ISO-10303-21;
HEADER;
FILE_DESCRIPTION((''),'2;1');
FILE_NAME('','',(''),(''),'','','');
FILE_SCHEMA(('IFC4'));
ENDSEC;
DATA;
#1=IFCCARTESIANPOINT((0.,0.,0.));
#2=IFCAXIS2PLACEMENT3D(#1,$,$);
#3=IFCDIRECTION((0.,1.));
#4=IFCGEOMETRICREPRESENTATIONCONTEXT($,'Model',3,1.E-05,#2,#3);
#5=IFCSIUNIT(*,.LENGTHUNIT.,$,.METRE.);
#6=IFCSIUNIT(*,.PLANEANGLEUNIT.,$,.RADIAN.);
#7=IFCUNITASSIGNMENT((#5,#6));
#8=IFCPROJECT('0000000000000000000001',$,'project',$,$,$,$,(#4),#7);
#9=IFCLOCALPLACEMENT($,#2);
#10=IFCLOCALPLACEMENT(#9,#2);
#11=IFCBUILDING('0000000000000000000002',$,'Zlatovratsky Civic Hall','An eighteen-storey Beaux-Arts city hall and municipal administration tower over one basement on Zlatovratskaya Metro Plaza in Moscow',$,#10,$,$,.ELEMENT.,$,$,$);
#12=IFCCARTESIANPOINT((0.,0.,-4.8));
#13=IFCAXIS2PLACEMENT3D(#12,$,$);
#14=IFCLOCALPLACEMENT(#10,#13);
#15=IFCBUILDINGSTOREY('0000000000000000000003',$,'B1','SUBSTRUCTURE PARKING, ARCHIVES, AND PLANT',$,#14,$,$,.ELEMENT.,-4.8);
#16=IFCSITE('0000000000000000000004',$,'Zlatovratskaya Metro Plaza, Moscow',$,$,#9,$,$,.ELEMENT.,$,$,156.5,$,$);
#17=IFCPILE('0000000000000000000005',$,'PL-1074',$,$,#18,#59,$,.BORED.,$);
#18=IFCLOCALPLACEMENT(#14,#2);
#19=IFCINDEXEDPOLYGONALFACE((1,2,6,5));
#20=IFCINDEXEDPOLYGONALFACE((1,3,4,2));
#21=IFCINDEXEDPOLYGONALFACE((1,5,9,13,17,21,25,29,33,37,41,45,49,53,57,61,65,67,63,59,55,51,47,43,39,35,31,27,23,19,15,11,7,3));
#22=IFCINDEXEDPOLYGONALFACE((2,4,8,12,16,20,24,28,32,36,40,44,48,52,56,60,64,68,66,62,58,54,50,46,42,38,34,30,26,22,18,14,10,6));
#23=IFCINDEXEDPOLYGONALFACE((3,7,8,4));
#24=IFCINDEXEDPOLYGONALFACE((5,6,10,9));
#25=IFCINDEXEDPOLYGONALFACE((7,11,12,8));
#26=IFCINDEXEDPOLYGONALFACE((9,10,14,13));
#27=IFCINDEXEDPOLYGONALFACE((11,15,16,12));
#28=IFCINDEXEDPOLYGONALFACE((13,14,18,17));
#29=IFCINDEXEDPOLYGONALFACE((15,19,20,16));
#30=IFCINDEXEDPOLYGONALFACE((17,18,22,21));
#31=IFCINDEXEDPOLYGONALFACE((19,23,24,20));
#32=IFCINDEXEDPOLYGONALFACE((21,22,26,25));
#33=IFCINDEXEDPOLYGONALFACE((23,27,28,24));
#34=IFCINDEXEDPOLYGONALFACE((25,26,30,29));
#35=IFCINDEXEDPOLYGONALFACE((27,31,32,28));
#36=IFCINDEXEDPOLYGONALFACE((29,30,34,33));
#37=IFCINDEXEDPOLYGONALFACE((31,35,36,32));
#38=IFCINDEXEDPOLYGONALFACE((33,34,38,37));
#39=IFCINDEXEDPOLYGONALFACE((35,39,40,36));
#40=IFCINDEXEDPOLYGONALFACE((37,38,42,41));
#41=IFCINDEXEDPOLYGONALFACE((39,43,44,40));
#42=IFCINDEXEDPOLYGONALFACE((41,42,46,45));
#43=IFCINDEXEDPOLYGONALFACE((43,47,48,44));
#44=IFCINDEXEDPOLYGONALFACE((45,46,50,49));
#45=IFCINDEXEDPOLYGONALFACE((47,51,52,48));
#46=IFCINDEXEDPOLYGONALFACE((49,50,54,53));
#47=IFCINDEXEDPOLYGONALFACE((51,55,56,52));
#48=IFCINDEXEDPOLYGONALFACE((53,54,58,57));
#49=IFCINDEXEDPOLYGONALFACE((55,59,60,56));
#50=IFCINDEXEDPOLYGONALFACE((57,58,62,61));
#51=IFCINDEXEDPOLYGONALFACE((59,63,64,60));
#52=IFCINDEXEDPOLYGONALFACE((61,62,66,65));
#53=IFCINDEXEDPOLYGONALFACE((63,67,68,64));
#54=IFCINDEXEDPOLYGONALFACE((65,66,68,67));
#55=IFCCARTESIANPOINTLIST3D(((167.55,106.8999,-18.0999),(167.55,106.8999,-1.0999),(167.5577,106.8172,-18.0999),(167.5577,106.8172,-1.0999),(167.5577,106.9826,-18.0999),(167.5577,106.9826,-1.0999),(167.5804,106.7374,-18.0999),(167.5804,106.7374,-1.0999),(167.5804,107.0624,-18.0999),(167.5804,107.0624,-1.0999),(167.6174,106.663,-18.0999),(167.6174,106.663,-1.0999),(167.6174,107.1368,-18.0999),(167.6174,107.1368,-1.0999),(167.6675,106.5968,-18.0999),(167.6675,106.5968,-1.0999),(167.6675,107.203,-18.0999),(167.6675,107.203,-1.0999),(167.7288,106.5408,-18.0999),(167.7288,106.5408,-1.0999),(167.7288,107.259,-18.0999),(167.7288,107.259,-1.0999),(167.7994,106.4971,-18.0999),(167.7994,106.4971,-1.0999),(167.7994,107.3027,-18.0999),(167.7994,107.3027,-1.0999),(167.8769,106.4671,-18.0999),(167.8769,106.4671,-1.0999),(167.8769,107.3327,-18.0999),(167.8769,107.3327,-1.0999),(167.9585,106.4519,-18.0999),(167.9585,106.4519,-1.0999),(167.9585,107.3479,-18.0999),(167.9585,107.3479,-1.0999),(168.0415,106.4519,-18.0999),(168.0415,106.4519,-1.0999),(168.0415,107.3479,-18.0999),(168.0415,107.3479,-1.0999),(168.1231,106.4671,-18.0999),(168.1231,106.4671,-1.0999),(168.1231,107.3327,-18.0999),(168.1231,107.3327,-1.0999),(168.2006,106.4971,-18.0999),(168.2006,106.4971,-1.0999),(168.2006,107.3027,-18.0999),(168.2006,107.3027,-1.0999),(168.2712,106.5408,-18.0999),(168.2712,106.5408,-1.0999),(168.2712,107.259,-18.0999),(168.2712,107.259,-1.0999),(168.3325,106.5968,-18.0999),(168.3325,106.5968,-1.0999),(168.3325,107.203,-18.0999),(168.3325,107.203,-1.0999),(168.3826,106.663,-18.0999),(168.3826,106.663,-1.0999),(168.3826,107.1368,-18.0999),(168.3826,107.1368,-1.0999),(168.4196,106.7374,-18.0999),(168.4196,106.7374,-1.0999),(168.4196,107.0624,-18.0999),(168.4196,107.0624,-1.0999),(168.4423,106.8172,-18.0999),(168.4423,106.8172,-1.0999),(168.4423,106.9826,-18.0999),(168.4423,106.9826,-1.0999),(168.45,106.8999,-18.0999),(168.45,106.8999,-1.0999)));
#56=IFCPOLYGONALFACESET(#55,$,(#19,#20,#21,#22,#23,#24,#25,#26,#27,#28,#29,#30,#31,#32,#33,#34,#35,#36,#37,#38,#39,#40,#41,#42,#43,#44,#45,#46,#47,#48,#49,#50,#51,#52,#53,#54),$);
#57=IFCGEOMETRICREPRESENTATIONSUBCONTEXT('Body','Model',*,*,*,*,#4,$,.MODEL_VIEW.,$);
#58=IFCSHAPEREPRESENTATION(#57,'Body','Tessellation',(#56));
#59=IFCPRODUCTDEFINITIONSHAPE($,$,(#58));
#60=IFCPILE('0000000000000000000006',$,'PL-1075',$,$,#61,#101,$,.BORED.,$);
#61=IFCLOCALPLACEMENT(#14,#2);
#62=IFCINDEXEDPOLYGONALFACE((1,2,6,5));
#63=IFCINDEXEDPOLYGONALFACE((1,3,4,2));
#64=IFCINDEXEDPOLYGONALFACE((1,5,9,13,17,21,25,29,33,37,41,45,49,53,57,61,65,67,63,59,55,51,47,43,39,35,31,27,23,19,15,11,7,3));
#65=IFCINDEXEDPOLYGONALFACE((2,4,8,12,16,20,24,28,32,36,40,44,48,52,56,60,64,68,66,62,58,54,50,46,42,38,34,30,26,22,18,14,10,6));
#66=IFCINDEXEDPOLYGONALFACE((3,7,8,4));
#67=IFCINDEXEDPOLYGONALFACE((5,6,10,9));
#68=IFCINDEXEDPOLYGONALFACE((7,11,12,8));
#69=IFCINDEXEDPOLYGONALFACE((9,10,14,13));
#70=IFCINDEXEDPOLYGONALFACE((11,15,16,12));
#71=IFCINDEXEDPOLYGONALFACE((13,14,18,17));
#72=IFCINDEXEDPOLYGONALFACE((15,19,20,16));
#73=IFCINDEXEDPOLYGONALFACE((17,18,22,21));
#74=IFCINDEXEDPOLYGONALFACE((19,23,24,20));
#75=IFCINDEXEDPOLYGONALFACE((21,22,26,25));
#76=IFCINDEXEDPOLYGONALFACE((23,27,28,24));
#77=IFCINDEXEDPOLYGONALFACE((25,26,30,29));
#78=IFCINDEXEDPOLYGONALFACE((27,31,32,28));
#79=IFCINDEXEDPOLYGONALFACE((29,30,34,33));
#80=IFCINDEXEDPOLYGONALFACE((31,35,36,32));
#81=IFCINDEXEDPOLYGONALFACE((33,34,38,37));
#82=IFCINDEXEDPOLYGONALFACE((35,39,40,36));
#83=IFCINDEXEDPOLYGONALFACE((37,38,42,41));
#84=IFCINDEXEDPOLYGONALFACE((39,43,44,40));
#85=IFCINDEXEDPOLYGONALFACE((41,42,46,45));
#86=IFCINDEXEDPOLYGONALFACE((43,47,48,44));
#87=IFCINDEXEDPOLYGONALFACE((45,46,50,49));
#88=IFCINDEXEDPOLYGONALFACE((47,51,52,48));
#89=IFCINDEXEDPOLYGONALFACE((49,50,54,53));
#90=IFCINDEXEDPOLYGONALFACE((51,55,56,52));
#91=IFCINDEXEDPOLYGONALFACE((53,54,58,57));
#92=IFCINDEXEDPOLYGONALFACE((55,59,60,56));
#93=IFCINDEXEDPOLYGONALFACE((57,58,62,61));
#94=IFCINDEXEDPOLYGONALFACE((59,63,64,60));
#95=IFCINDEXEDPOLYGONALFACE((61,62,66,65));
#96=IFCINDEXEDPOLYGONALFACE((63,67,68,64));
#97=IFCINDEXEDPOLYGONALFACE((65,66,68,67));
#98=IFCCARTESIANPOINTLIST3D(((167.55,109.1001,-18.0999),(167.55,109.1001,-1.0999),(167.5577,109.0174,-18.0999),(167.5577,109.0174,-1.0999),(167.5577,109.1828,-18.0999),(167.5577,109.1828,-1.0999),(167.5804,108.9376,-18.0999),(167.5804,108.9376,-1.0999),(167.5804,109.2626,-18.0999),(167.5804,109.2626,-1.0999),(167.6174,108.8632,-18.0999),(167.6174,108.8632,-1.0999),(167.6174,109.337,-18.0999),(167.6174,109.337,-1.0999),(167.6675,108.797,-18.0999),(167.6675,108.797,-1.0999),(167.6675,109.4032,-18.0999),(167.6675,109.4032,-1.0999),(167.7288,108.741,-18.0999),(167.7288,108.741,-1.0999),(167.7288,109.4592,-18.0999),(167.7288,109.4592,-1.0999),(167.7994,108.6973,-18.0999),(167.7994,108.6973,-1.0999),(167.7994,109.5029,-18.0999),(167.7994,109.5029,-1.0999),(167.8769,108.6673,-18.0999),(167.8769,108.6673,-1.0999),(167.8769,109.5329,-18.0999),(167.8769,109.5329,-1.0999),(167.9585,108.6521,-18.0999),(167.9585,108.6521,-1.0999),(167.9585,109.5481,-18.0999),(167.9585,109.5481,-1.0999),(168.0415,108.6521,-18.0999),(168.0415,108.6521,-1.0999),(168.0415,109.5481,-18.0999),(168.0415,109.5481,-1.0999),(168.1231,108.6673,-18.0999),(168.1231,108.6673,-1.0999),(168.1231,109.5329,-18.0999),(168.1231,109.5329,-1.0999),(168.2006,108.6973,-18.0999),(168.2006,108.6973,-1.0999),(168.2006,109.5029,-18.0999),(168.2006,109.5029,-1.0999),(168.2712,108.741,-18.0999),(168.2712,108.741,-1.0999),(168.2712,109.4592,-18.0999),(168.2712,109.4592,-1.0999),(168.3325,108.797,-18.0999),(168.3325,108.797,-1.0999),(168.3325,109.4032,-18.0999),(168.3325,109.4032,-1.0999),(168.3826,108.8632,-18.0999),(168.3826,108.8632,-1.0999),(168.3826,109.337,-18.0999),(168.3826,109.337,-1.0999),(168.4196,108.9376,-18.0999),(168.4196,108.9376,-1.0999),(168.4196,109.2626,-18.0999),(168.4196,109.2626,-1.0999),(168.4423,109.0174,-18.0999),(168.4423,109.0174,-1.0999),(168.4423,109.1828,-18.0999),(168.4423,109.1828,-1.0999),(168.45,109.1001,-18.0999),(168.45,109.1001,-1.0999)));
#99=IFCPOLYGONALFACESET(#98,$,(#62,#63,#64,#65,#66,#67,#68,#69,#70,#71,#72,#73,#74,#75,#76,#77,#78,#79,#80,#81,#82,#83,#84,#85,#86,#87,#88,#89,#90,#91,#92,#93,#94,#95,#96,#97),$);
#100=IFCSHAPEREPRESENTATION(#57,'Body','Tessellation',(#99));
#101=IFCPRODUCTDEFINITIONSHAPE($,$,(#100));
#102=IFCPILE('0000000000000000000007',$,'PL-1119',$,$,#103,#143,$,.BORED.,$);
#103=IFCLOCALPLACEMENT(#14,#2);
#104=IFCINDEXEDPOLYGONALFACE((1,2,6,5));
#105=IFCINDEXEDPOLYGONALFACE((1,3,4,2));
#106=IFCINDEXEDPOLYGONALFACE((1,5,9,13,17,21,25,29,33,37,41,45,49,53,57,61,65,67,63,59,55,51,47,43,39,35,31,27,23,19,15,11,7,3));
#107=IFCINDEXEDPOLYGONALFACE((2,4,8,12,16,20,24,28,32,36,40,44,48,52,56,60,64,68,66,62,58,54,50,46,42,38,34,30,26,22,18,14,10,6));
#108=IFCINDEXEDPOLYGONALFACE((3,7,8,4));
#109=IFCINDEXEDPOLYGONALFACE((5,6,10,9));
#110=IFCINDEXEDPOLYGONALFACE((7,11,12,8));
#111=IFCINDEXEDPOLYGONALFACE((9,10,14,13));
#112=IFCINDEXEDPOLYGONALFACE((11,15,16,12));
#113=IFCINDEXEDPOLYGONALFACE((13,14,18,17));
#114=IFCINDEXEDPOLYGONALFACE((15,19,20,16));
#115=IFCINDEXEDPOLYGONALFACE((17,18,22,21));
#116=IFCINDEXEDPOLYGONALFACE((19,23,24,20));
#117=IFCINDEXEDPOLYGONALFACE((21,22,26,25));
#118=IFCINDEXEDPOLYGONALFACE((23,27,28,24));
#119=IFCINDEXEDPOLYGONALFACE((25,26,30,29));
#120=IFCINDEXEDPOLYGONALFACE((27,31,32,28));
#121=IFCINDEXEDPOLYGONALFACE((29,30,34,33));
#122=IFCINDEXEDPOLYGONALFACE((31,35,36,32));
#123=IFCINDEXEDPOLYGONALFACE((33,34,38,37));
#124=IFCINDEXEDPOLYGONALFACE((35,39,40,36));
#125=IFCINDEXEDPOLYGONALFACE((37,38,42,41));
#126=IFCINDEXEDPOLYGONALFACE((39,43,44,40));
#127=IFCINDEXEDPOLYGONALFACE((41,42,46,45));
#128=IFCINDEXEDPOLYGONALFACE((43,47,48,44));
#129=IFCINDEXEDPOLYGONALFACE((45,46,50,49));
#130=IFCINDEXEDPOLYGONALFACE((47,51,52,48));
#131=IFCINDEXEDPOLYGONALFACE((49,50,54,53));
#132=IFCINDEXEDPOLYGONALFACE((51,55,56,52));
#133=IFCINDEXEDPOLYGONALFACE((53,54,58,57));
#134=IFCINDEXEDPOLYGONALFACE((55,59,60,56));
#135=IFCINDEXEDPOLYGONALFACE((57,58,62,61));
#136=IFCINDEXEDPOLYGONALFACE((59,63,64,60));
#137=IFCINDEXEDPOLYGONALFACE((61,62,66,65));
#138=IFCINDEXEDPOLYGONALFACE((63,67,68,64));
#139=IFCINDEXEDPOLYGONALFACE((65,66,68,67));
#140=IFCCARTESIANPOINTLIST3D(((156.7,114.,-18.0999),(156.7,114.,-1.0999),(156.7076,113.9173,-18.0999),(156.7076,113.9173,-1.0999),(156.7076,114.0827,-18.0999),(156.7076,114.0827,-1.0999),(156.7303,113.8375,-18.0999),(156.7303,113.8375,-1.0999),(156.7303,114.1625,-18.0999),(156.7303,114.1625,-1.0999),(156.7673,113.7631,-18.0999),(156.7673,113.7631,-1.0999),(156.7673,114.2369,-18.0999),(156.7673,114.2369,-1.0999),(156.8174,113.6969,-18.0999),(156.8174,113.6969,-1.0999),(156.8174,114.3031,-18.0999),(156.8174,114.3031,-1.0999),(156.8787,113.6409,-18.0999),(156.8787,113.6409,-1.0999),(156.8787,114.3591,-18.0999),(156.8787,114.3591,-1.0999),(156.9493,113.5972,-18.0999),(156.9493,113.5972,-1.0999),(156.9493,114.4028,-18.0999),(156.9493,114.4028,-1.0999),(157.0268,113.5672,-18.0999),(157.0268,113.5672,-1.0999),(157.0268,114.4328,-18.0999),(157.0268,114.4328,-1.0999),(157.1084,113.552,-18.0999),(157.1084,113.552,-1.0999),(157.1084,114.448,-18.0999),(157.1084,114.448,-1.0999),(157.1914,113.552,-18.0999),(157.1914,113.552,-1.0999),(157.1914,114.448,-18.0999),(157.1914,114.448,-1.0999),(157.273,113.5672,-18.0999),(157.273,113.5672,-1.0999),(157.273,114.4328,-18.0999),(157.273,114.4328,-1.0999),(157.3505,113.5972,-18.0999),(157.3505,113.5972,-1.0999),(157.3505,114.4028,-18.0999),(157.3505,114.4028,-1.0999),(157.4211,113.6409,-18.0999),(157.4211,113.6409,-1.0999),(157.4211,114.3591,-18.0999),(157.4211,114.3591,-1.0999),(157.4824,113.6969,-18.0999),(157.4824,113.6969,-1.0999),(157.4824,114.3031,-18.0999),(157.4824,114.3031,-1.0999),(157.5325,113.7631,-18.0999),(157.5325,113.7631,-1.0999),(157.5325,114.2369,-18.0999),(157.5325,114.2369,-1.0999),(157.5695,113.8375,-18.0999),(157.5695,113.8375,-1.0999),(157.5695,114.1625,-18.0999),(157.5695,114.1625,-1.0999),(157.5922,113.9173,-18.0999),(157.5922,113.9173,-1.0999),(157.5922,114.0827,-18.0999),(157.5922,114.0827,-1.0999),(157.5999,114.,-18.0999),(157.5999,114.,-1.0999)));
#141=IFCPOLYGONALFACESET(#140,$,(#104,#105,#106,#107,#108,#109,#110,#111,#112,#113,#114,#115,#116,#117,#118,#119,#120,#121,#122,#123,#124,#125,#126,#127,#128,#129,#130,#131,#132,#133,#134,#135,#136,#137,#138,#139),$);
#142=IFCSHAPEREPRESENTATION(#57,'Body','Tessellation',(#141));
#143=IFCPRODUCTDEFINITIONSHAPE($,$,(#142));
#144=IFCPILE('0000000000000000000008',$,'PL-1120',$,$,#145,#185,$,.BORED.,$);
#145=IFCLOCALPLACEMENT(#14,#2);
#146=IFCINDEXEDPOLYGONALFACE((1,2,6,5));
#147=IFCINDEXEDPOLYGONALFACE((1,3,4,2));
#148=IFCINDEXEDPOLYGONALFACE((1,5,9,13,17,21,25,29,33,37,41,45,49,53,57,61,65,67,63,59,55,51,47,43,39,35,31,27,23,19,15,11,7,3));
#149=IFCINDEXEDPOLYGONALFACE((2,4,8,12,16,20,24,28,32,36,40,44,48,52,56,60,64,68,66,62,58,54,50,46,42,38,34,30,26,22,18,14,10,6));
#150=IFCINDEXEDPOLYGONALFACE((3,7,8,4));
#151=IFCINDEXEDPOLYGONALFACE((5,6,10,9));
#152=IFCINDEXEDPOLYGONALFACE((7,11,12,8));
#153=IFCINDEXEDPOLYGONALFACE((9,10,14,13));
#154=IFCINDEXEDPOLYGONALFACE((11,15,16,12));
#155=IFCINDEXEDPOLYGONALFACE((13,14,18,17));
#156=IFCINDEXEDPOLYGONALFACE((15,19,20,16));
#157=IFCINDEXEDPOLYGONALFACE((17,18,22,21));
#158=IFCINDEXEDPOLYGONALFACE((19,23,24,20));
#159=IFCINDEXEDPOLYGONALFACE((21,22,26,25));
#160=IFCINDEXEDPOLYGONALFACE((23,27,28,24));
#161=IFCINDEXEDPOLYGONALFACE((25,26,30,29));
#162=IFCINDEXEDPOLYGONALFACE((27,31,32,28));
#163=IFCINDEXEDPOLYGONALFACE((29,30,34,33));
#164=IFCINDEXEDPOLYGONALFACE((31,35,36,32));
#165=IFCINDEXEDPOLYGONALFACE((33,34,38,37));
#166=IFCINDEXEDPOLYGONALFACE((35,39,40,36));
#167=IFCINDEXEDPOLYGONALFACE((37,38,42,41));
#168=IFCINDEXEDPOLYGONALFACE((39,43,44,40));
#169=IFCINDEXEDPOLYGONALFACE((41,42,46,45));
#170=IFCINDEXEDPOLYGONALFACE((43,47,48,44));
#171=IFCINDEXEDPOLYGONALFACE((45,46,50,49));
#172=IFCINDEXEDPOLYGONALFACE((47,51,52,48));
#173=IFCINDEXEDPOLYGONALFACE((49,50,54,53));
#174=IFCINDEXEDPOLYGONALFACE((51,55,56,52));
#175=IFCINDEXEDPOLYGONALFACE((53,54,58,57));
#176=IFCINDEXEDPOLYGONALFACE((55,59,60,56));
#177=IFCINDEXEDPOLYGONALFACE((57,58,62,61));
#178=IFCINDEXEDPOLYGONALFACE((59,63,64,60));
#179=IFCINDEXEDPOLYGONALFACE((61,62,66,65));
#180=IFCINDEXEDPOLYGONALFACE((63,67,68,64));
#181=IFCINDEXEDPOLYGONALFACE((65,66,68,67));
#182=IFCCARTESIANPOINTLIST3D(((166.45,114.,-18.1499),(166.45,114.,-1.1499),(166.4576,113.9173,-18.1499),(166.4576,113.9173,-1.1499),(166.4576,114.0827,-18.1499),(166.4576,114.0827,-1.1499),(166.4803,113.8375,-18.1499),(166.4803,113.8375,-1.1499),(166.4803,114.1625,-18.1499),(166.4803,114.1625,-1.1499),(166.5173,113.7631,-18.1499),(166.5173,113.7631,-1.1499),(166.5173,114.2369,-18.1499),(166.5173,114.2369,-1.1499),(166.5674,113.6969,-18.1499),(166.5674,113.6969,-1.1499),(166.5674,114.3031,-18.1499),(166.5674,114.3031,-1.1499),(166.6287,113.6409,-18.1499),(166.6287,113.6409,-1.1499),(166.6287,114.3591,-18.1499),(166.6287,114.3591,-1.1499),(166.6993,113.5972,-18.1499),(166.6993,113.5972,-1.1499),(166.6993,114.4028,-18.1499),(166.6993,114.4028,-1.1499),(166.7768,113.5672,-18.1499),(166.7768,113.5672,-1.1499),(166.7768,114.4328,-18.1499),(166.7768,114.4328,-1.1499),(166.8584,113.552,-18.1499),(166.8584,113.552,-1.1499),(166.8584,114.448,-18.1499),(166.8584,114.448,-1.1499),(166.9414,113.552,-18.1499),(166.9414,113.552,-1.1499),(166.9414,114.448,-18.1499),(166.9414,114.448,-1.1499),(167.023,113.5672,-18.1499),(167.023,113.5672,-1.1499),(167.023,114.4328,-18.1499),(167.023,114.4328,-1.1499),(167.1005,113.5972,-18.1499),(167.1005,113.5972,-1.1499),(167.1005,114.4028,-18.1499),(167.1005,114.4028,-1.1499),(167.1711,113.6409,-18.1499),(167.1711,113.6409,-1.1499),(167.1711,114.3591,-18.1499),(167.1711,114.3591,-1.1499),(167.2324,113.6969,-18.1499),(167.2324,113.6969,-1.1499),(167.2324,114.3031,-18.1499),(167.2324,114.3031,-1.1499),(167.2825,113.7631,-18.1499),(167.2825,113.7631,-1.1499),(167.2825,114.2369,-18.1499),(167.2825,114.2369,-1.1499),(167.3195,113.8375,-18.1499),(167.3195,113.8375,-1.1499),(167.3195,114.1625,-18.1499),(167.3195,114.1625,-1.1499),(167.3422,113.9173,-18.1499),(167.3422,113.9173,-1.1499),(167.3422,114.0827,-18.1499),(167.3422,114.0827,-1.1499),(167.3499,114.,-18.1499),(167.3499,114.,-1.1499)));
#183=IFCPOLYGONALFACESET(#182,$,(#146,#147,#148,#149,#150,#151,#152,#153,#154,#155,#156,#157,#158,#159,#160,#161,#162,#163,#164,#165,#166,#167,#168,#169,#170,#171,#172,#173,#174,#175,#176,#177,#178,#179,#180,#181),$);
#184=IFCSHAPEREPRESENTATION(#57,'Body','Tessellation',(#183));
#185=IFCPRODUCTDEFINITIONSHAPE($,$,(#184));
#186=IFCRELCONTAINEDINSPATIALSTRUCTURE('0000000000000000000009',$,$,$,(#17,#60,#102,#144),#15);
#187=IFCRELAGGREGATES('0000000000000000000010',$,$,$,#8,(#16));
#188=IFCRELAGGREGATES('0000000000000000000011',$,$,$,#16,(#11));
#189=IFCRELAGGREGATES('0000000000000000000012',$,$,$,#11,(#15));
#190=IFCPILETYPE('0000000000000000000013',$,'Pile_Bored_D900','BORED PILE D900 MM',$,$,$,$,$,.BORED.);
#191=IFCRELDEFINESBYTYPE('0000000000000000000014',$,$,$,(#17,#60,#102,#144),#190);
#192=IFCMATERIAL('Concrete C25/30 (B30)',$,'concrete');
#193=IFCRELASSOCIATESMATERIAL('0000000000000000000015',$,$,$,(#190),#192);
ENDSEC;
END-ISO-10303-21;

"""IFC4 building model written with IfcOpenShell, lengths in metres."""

from ifc_helpers import new_model, si_unit, direction, frame, origin, origin_2d, place, context, subcontext, project, spatial, circle, extrude, material, material_profile, profile_set, type_object, element, save


model = new_model("IFC4")

# Units and contexts
model_context = context("Model", 3, precision=1e-05, world=origin(), true_north=direction((0.0, 1.0)))
body_context = subcontext(model_context, "Body", "Model", "MODEL_VIEW")
ifc_project = project(units=[si_unit("LENGTHUNIT", "METRE"), si_unit("PLANEANGLEUNIT", "RADIAN")], contexts=[model_context])

# Site, building, storey
site_placement = place(None, origin())
site = spatial("IfcSite", under=ifc_project, at=site_placement, Name="Zlatovratskaya Metro Plaza, Moscow", CompositionType="ELEMENT", RefElevation=156.5)
building_placement = place(site_placement, origin())
building = spatial("IfcBuilding", under=site, at=building_placement, Name="Zlatovratsky Civic Hall", Description="An eighteen-storey Beaux-Arts city hall and municipal administration tower over one basement on Zlatovratskaya Metro Plaza in Moscow", CompositionType="ELEMENT")
storey_placement = place(building_placement, frame((0.0, 0.0, -4.8)))
storey = spatial("IfcBuildingStorey", under=building, at=storey_placement, Name="B1", Description="SUBSTRUCTURE PARKING, ARCHIVES, AND PLANT", CompositionType="ELEMENT", Elevation=-4.8)

# Shared definitions
ifc_material_1 = material(Name="Concrete C25/30 (B30)", Category="concrete")

# Piles
ifc_material_profile_1 = material_profile(ifc_material_1, circle(Radius=0.45, at=origin_2d()), Name="PILE D900")
ifc_profile_set_1 = profile_set([ifc_material_profile_1], Name="Concrete C25/30 (B30)")
pile_type_1 = type_object("IfcPileType", Name="Pile_Bored_D900", Description="BORED PILE D900 MM", PredefinedType="BORED", material=ifc_profile_set_1)
for number, where, z_axis, x_axis, name in (
    (1, (168.0, 106.8999, -1.0999), (0.0, 0.0, -1.0), (1.0, 0.0, 0.0), "PL-1074"),
    (2, (168.0, 109.1001, -1.0999), (0.0, 0.0, -1.0), (1.0, 0.0, 0.0), "PL-1075"),
    (3, (157.1499, 114.0, -1.0999), (0.0, 0.0, -1.0), (1.0, 0.0, 0.0), "PL-1119"),
    (4, (166.8999, 114.0, -1.1499), (0.0, 0.0, -1.0), (1.0, 0.0, 0.0), "PL-1120"),
):
    element("IfcPile", number, at=place(storey_placement, frame(where, z_axis=z_axis, x_axis=x_axis)), inside=storey, type_object=pile_type_1, Name=name, PredefinedType="BORED", context=body_context, shape_type="SweptSolid", body=[
        extrude(circle(Radius=0.45, at=origin_2d()), origin(), (0.0, 0.0, 1.0), 17.0),
    ])

save(model, "model.ifc")
